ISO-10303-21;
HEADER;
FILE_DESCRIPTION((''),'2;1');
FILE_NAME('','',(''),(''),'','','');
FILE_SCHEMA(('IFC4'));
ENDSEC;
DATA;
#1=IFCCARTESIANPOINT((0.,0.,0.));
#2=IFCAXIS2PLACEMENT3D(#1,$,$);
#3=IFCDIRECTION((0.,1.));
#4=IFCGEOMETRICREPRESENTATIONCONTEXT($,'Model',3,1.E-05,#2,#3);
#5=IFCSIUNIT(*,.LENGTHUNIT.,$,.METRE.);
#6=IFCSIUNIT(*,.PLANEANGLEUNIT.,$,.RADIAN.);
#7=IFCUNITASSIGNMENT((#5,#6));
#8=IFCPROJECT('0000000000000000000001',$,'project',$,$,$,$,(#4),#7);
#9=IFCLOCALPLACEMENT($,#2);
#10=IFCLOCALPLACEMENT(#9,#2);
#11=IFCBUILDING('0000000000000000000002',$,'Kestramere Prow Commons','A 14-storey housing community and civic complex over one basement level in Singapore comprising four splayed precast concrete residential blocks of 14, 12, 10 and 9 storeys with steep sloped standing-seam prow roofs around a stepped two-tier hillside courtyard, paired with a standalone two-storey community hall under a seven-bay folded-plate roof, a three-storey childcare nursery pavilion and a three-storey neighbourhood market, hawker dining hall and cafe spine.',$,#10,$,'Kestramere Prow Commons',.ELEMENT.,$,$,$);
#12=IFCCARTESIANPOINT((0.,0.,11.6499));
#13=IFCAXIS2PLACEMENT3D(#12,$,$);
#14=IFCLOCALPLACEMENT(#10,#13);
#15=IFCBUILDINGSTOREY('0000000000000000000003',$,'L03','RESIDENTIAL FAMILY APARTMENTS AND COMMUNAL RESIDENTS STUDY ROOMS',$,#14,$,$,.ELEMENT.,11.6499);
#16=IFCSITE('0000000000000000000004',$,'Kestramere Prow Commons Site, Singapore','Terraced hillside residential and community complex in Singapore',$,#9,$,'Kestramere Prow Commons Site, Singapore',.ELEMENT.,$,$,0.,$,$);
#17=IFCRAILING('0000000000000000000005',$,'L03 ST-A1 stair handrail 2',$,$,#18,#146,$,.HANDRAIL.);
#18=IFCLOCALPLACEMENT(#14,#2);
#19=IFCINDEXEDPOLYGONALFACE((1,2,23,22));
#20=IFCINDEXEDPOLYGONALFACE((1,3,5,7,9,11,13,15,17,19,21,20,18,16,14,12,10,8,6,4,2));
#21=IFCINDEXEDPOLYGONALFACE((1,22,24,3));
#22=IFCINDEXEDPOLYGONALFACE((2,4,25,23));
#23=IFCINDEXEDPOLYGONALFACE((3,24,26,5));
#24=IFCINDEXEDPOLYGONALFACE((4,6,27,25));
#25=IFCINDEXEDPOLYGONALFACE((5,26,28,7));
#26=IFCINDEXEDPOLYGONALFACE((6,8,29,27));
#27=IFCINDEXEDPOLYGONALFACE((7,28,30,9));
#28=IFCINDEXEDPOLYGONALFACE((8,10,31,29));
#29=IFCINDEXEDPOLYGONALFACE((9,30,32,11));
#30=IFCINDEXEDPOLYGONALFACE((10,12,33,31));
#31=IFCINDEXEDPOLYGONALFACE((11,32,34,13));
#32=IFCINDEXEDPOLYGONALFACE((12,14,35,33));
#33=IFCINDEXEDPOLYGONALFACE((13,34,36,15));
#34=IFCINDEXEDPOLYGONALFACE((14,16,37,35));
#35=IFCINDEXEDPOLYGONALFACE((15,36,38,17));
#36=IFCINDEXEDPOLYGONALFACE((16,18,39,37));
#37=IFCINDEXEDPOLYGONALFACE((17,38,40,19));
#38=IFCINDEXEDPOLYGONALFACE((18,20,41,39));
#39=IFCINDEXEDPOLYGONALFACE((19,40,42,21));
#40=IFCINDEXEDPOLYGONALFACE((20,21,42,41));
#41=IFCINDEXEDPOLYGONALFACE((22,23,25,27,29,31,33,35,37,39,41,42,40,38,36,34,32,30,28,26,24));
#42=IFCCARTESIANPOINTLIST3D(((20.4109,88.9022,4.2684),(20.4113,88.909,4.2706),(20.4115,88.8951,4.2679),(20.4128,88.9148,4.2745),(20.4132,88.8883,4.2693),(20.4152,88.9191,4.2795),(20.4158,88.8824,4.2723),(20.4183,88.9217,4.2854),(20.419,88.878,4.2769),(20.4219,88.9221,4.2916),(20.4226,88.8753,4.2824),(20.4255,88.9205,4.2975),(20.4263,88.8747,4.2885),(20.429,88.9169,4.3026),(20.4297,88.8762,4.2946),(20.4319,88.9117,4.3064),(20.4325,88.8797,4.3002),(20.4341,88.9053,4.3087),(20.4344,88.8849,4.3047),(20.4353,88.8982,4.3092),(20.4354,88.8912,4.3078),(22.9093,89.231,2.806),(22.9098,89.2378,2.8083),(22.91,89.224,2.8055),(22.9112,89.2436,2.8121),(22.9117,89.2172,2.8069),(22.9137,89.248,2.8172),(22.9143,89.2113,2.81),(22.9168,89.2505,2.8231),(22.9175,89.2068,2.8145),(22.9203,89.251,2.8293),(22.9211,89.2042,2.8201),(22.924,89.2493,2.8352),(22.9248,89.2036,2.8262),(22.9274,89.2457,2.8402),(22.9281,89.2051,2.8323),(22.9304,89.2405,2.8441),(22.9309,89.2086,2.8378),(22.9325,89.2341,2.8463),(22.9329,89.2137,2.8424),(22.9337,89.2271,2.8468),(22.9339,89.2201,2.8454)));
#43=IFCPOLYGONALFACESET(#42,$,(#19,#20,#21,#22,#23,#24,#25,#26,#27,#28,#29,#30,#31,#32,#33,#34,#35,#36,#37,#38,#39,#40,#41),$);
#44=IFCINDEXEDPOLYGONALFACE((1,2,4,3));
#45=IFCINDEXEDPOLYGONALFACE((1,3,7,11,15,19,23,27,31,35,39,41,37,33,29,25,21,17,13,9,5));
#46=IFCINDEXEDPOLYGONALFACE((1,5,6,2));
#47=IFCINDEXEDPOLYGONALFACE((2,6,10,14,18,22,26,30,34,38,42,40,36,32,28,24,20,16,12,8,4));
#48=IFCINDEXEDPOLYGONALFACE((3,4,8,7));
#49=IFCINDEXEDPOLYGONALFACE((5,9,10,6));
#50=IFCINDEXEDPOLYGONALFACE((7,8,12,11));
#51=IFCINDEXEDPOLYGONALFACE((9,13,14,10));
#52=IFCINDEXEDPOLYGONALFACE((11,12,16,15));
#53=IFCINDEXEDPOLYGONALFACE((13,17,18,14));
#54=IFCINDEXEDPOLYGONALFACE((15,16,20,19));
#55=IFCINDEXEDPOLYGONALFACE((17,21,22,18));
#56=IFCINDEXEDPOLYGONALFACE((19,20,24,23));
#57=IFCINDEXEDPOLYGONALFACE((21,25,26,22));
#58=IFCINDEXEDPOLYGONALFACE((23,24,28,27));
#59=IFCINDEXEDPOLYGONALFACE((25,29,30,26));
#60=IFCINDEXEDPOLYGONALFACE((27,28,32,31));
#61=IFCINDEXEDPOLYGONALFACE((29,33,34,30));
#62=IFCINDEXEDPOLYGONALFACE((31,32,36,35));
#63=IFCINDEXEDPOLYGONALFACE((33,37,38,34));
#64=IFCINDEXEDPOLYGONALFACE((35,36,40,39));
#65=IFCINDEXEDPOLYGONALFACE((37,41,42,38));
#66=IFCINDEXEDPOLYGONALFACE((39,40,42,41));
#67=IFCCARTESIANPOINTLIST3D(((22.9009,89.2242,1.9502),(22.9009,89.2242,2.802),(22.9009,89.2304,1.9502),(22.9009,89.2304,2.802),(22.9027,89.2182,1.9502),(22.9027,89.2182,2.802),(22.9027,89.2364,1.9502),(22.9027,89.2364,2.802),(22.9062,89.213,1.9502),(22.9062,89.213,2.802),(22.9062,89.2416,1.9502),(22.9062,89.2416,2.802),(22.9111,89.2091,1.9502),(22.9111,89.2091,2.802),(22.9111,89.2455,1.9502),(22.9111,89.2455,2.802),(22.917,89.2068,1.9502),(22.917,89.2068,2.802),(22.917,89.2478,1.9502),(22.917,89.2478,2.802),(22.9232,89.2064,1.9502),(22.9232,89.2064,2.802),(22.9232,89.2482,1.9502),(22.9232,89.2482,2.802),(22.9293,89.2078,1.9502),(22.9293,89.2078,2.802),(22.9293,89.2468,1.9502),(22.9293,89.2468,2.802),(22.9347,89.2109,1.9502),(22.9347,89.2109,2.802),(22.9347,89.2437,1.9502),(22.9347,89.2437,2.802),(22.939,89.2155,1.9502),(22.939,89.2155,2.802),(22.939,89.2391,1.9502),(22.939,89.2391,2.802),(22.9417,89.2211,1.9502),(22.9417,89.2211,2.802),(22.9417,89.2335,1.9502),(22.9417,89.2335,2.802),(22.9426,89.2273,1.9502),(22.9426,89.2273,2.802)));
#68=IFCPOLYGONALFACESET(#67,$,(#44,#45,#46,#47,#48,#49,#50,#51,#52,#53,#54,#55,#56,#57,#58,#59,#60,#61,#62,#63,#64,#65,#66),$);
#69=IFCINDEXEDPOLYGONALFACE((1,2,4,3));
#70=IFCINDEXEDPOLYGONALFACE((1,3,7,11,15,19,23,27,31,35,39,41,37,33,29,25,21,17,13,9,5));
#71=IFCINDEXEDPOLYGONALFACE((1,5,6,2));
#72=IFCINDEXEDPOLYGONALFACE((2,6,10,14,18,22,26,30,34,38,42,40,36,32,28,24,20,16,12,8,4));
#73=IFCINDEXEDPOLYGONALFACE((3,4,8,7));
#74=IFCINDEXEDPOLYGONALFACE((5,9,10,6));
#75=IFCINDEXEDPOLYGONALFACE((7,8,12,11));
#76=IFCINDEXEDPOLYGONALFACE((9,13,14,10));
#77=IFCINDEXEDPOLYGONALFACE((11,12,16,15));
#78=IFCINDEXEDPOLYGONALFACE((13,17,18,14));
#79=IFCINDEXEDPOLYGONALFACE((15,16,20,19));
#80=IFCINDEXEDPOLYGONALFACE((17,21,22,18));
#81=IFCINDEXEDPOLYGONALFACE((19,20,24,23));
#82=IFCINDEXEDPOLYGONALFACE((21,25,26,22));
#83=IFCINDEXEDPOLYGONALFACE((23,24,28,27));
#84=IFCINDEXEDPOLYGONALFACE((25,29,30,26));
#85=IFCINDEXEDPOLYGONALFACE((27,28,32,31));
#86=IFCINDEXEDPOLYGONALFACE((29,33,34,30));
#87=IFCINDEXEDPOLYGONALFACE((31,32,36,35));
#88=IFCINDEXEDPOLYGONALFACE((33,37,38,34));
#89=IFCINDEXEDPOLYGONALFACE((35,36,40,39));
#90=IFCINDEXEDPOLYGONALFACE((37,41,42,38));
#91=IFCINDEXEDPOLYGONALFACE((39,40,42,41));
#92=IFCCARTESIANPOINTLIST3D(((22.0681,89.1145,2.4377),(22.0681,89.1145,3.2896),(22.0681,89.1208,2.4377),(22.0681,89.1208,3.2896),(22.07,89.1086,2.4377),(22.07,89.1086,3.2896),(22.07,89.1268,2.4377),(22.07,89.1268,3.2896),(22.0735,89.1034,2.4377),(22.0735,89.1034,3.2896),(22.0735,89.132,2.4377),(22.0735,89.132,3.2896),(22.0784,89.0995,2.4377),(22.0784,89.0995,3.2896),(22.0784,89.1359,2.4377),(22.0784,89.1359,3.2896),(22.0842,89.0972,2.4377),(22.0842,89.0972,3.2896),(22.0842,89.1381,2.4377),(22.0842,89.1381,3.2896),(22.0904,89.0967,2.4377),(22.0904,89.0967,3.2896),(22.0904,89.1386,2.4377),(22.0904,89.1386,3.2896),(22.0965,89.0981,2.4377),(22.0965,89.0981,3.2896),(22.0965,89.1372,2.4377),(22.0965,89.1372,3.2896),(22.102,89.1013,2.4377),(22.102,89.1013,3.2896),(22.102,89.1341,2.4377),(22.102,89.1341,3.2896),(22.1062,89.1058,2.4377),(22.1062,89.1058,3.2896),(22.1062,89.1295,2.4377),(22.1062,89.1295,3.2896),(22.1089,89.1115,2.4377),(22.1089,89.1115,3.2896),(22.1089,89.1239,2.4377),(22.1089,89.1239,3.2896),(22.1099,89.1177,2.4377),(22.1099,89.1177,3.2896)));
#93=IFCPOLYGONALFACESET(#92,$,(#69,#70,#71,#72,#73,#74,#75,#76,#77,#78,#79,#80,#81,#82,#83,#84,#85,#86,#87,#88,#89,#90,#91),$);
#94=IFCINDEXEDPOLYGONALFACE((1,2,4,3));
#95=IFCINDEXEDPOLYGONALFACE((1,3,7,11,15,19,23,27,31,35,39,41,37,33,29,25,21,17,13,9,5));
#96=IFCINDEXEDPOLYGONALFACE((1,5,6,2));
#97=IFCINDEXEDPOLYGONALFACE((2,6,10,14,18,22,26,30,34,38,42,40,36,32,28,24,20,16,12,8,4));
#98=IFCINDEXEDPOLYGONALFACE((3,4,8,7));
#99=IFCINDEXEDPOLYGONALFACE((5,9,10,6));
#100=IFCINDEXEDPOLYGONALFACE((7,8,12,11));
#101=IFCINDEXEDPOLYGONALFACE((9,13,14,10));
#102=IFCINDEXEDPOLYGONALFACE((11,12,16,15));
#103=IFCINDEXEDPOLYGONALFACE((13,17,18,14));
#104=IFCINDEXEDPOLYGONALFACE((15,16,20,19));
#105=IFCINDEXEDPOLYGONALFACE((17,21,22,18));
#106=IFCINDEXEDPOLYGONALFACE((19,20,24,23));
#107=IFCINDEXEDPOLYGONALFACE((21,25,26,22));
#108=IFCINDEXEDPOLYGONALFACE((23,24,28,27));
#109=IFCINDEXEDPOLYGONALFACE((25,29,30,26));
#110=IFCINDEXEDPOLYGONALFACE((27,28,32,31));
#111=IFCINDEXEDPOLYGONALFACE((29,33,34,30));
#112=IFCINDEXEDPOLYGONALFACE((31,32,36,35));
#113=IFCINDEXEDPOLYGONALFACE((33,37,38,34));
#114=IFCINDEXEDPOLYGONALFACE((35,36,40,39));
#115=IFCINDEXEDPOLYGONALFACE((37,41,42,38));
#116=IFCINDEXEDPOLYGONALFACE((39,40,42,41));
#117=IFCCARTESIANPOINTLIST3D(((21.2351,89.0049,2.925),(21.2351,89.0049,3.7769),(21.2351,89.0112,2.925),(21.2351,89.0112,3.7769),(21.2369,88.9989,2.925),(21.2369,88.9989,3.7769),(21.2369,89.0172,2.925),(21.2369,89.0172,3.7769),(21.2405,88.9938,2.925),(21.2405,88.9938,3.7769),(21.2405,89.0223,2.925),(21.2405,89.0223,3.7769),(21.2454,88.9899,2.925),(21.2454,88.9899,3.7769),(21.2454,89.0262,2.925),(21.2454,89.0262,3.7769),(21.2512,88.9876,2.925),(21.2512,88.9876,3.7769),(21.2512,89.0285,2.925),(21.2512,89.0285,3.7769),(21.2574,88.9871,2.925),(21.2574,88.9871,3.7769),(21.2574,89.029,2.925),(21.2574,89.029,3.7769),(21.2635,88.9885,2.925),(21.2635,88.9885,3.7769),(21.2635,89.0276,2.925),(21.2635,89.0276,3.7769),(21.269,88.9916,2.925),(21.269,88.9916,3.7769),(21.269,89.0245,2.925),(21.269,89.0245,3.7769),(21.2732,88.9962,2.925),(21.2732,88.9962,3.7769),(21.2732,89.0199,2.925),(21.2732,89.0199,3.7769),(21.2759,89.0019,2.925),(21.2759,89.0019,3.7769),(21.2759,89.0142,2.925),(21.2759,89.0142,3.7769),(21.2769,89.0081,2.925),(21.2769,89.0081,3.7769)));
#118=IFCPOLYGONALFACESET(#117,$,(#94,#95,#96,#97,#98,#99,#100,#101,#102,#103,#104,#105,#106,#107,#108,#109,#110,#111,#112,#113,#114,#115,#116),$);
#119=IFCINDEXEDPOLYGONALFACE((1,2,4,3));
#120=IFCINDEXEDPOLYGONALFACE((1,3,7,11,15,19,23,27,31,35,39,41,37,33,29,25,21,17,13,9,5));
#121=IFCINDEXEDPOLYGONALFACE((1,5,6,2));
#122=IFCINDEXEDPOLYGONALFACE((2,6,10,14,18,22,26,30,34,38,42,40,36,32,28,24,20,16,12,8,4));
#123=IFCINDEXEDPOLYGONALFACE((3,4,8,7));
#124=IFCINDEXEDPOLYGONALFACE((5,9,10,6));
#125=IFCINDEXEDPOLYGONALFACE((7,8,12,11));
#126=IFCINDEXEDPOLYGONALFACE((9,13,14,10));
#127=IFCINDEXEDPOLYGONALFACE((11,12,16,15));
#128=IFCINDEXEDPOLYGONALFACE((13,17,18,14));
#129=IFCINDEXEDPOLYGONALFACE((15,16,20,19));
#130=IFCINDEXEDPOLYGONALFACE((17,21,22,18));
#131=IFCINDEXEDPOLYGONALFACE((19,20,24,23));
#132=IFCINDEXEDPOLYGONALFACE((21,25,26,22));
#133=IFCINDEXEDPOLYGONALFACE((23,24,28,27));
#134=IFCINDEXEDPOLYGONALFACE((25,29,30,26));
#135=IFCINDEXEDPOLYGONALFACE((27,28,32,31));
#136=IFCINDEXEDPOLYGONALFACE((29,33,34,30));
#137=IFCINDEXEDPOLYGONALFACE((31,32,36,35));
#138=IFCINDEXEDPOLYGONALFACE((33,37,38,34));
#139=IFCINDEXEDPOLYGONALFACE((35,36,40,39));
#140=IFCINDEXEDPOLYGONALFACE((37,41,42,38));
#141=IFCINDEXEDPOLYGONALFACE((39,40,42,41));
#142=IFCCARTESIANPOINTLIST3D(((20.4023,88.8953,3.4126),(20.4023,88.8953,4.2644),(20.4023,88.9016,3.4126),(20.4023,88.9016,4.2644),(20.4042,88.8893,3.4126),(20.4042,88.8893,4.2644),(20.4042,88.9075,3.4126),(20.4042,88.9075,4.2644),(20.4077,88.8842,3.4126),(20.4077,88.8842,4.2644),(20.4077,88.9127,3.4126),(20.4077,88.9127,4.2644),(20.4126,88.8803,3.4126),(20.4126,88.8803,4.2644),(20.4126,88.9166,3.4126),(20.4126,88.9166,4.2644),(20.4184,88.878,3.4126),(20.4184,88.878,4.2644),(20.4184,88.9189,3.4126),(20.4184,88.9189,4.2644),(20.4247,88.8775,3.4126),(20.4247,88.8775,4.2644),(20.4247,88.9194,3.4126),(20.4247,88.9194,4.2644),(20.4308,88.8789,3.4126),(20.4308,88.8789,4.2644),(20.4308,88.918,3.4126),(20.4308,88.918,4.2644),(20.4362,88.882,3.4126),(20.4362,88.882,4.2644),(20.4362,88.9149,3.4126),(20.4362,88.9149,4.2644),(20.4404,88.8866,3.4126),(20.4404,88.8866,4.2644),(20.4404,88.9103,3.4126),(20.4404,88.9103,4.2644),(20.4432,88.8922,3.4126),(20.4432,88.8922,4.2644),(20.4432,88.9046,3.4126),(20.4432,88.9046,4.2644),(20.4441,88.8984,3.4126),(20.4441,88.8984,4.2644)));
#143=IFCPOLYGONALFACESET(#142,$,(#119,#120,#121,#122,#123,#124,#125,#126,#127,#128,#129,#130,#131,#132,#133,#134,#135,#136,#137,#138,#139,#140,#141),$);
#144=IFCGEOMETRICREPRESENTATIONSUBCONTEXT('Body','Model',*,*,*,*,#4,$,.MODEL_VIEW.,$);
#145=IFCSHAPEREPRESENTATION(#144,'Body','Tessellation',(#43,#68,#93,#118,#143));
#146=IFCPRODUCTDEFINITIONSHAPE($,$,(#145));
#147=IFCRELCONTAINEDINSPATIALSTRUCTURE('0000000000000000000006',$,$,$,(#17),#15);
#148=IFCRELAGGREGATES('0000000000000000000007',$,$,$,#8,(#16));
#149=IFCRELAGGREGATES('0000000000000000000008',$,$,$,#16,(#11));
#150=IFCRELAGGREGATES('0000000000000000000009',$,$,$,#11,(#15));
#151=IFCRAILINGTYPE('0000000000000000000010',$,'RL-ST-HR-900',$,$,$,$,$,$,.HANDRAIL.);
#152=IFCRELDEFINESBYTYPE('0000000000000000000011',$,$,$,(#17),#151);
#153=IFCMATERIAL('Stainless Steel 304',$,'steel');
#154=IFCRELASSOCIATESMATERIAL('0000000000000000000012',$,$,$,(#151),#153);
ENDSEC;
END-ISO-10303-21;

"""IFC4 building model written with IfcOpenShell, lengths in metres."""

from ifc_helpers import new_model, si_unit, direction, frame, origin, origin_2d, place, context, subcontext, project, spatial, circle, extrude, material, type_object, element, save


model = new_model("IFC4")

# Units and contexts
model_context = context("Model", 3, precision=1e-05, world=origin(), true_north=direction((0.0, 1.0)))
body_context = subcontext(model_context, "Body", "Model", "MODEL_VIEW")
ifc_project = project(units=[si_unit("LENGTHUNIT", "METRE"), si_unit("PLANEANGLEUNIT", "RADIAN")], contexts=[model_context])

# Site, building, storey
site_placement = place(None, origin())
site = spatial("IfcSite", under=ifc_project, at=site_placement, Name="Kestramere Prow Commons Site, Singapore", Description="Terraced hillside residential and community complex in Singapore", LongName="Kestramere Prow Commons Site, Singapore", CompositionType="ELEMENT", RefElevation=0.0)
building_placement = place(site_placement, origin())
building = spatial("IfcBuilding", under=site, at=building_placement, Name="Kestramere Prow Commons", Description="A 14-storey housing community and civic complex over one basement level in Singapore comprising four splayed precast concrete residential blocks of 14, 12, 10 and 9 storeys with steep sloped standing-seam prow roofs around a stepped two-tier hillside courtyard, paired with a standalone two-storey community hall under a seven-bay folded-plate roof, a three-storey childcare nursery pavilion and a three-storey neighbourhood market, hawker dining hall and cafe spine.", LongName="Kestramere Prow Commons", CompositionType="ELEMENT")
storey_placement = place(building_placement, frame((0.0, 0.0, 11.6499)))
storey = spatial("IfcBuildingStorey", under=building, at=storey_placement, Name="L03", Description="RESIDENTIAL FAMILY APARTMENTS AND COMMUNAL RESIDENTS STUDY ROOMS", CompositionType="ELEMENT", Elevation=11.6499)

# Railing
ifc_material_1 = material(Name="Stainless Steel 304", Category="steel")
railing_type_1 = type_object("IfcRailingType", Name="RL-ST-HR-900", PredefinedType="HANDRAIL", material=ifc_material_1)
railing_1_placement = place(storey_placement, frame((22.9216, 89.2273, 1.9502)))
element("IfcRailing", 1, at=railing_1_placement, inside=storey, type_object=railing_type_1, Name="L03 ST-A1 stair handrail 2", PredefinedType="HANDRAIL", context=body_context, shape_type="SweptSolid", body=[
    extrude(circle(Radius=0.0239, at=origin_2d()), frame((0.0, 0.0, 0.876), z_axis=(-0.857523, -0.112867, 0.501912), x_axis=(0.130495, -0.991449, 0.0)), (0.0, 0.0, 1.0), 2.9136),
    extrude(circle(Radius=0.021, at=origin_2d()), origin(), (0.0, 0.0, 1.0), 0.8518),
    extrude(circle(Radius=0.021, at=origin_2d()), frame((-0.8328, -0.1096, 0.4875)), (0.0, 0.0, 1.0), 0.8518),
    extrude(circle(Radius=0.021, at=origin_2d()), frame((-1.6658, -0.2192, 0.9749)), (0.0, 0.0, 1.0), 0.8518),
    extrude(circle(Radius=0.021, at=origin_2d()), frame((-2.4985, -0.3289, 1.4624)), (0.0, 0.0, 1.0), 0.8518),
])

save(model, "model.ifc")
